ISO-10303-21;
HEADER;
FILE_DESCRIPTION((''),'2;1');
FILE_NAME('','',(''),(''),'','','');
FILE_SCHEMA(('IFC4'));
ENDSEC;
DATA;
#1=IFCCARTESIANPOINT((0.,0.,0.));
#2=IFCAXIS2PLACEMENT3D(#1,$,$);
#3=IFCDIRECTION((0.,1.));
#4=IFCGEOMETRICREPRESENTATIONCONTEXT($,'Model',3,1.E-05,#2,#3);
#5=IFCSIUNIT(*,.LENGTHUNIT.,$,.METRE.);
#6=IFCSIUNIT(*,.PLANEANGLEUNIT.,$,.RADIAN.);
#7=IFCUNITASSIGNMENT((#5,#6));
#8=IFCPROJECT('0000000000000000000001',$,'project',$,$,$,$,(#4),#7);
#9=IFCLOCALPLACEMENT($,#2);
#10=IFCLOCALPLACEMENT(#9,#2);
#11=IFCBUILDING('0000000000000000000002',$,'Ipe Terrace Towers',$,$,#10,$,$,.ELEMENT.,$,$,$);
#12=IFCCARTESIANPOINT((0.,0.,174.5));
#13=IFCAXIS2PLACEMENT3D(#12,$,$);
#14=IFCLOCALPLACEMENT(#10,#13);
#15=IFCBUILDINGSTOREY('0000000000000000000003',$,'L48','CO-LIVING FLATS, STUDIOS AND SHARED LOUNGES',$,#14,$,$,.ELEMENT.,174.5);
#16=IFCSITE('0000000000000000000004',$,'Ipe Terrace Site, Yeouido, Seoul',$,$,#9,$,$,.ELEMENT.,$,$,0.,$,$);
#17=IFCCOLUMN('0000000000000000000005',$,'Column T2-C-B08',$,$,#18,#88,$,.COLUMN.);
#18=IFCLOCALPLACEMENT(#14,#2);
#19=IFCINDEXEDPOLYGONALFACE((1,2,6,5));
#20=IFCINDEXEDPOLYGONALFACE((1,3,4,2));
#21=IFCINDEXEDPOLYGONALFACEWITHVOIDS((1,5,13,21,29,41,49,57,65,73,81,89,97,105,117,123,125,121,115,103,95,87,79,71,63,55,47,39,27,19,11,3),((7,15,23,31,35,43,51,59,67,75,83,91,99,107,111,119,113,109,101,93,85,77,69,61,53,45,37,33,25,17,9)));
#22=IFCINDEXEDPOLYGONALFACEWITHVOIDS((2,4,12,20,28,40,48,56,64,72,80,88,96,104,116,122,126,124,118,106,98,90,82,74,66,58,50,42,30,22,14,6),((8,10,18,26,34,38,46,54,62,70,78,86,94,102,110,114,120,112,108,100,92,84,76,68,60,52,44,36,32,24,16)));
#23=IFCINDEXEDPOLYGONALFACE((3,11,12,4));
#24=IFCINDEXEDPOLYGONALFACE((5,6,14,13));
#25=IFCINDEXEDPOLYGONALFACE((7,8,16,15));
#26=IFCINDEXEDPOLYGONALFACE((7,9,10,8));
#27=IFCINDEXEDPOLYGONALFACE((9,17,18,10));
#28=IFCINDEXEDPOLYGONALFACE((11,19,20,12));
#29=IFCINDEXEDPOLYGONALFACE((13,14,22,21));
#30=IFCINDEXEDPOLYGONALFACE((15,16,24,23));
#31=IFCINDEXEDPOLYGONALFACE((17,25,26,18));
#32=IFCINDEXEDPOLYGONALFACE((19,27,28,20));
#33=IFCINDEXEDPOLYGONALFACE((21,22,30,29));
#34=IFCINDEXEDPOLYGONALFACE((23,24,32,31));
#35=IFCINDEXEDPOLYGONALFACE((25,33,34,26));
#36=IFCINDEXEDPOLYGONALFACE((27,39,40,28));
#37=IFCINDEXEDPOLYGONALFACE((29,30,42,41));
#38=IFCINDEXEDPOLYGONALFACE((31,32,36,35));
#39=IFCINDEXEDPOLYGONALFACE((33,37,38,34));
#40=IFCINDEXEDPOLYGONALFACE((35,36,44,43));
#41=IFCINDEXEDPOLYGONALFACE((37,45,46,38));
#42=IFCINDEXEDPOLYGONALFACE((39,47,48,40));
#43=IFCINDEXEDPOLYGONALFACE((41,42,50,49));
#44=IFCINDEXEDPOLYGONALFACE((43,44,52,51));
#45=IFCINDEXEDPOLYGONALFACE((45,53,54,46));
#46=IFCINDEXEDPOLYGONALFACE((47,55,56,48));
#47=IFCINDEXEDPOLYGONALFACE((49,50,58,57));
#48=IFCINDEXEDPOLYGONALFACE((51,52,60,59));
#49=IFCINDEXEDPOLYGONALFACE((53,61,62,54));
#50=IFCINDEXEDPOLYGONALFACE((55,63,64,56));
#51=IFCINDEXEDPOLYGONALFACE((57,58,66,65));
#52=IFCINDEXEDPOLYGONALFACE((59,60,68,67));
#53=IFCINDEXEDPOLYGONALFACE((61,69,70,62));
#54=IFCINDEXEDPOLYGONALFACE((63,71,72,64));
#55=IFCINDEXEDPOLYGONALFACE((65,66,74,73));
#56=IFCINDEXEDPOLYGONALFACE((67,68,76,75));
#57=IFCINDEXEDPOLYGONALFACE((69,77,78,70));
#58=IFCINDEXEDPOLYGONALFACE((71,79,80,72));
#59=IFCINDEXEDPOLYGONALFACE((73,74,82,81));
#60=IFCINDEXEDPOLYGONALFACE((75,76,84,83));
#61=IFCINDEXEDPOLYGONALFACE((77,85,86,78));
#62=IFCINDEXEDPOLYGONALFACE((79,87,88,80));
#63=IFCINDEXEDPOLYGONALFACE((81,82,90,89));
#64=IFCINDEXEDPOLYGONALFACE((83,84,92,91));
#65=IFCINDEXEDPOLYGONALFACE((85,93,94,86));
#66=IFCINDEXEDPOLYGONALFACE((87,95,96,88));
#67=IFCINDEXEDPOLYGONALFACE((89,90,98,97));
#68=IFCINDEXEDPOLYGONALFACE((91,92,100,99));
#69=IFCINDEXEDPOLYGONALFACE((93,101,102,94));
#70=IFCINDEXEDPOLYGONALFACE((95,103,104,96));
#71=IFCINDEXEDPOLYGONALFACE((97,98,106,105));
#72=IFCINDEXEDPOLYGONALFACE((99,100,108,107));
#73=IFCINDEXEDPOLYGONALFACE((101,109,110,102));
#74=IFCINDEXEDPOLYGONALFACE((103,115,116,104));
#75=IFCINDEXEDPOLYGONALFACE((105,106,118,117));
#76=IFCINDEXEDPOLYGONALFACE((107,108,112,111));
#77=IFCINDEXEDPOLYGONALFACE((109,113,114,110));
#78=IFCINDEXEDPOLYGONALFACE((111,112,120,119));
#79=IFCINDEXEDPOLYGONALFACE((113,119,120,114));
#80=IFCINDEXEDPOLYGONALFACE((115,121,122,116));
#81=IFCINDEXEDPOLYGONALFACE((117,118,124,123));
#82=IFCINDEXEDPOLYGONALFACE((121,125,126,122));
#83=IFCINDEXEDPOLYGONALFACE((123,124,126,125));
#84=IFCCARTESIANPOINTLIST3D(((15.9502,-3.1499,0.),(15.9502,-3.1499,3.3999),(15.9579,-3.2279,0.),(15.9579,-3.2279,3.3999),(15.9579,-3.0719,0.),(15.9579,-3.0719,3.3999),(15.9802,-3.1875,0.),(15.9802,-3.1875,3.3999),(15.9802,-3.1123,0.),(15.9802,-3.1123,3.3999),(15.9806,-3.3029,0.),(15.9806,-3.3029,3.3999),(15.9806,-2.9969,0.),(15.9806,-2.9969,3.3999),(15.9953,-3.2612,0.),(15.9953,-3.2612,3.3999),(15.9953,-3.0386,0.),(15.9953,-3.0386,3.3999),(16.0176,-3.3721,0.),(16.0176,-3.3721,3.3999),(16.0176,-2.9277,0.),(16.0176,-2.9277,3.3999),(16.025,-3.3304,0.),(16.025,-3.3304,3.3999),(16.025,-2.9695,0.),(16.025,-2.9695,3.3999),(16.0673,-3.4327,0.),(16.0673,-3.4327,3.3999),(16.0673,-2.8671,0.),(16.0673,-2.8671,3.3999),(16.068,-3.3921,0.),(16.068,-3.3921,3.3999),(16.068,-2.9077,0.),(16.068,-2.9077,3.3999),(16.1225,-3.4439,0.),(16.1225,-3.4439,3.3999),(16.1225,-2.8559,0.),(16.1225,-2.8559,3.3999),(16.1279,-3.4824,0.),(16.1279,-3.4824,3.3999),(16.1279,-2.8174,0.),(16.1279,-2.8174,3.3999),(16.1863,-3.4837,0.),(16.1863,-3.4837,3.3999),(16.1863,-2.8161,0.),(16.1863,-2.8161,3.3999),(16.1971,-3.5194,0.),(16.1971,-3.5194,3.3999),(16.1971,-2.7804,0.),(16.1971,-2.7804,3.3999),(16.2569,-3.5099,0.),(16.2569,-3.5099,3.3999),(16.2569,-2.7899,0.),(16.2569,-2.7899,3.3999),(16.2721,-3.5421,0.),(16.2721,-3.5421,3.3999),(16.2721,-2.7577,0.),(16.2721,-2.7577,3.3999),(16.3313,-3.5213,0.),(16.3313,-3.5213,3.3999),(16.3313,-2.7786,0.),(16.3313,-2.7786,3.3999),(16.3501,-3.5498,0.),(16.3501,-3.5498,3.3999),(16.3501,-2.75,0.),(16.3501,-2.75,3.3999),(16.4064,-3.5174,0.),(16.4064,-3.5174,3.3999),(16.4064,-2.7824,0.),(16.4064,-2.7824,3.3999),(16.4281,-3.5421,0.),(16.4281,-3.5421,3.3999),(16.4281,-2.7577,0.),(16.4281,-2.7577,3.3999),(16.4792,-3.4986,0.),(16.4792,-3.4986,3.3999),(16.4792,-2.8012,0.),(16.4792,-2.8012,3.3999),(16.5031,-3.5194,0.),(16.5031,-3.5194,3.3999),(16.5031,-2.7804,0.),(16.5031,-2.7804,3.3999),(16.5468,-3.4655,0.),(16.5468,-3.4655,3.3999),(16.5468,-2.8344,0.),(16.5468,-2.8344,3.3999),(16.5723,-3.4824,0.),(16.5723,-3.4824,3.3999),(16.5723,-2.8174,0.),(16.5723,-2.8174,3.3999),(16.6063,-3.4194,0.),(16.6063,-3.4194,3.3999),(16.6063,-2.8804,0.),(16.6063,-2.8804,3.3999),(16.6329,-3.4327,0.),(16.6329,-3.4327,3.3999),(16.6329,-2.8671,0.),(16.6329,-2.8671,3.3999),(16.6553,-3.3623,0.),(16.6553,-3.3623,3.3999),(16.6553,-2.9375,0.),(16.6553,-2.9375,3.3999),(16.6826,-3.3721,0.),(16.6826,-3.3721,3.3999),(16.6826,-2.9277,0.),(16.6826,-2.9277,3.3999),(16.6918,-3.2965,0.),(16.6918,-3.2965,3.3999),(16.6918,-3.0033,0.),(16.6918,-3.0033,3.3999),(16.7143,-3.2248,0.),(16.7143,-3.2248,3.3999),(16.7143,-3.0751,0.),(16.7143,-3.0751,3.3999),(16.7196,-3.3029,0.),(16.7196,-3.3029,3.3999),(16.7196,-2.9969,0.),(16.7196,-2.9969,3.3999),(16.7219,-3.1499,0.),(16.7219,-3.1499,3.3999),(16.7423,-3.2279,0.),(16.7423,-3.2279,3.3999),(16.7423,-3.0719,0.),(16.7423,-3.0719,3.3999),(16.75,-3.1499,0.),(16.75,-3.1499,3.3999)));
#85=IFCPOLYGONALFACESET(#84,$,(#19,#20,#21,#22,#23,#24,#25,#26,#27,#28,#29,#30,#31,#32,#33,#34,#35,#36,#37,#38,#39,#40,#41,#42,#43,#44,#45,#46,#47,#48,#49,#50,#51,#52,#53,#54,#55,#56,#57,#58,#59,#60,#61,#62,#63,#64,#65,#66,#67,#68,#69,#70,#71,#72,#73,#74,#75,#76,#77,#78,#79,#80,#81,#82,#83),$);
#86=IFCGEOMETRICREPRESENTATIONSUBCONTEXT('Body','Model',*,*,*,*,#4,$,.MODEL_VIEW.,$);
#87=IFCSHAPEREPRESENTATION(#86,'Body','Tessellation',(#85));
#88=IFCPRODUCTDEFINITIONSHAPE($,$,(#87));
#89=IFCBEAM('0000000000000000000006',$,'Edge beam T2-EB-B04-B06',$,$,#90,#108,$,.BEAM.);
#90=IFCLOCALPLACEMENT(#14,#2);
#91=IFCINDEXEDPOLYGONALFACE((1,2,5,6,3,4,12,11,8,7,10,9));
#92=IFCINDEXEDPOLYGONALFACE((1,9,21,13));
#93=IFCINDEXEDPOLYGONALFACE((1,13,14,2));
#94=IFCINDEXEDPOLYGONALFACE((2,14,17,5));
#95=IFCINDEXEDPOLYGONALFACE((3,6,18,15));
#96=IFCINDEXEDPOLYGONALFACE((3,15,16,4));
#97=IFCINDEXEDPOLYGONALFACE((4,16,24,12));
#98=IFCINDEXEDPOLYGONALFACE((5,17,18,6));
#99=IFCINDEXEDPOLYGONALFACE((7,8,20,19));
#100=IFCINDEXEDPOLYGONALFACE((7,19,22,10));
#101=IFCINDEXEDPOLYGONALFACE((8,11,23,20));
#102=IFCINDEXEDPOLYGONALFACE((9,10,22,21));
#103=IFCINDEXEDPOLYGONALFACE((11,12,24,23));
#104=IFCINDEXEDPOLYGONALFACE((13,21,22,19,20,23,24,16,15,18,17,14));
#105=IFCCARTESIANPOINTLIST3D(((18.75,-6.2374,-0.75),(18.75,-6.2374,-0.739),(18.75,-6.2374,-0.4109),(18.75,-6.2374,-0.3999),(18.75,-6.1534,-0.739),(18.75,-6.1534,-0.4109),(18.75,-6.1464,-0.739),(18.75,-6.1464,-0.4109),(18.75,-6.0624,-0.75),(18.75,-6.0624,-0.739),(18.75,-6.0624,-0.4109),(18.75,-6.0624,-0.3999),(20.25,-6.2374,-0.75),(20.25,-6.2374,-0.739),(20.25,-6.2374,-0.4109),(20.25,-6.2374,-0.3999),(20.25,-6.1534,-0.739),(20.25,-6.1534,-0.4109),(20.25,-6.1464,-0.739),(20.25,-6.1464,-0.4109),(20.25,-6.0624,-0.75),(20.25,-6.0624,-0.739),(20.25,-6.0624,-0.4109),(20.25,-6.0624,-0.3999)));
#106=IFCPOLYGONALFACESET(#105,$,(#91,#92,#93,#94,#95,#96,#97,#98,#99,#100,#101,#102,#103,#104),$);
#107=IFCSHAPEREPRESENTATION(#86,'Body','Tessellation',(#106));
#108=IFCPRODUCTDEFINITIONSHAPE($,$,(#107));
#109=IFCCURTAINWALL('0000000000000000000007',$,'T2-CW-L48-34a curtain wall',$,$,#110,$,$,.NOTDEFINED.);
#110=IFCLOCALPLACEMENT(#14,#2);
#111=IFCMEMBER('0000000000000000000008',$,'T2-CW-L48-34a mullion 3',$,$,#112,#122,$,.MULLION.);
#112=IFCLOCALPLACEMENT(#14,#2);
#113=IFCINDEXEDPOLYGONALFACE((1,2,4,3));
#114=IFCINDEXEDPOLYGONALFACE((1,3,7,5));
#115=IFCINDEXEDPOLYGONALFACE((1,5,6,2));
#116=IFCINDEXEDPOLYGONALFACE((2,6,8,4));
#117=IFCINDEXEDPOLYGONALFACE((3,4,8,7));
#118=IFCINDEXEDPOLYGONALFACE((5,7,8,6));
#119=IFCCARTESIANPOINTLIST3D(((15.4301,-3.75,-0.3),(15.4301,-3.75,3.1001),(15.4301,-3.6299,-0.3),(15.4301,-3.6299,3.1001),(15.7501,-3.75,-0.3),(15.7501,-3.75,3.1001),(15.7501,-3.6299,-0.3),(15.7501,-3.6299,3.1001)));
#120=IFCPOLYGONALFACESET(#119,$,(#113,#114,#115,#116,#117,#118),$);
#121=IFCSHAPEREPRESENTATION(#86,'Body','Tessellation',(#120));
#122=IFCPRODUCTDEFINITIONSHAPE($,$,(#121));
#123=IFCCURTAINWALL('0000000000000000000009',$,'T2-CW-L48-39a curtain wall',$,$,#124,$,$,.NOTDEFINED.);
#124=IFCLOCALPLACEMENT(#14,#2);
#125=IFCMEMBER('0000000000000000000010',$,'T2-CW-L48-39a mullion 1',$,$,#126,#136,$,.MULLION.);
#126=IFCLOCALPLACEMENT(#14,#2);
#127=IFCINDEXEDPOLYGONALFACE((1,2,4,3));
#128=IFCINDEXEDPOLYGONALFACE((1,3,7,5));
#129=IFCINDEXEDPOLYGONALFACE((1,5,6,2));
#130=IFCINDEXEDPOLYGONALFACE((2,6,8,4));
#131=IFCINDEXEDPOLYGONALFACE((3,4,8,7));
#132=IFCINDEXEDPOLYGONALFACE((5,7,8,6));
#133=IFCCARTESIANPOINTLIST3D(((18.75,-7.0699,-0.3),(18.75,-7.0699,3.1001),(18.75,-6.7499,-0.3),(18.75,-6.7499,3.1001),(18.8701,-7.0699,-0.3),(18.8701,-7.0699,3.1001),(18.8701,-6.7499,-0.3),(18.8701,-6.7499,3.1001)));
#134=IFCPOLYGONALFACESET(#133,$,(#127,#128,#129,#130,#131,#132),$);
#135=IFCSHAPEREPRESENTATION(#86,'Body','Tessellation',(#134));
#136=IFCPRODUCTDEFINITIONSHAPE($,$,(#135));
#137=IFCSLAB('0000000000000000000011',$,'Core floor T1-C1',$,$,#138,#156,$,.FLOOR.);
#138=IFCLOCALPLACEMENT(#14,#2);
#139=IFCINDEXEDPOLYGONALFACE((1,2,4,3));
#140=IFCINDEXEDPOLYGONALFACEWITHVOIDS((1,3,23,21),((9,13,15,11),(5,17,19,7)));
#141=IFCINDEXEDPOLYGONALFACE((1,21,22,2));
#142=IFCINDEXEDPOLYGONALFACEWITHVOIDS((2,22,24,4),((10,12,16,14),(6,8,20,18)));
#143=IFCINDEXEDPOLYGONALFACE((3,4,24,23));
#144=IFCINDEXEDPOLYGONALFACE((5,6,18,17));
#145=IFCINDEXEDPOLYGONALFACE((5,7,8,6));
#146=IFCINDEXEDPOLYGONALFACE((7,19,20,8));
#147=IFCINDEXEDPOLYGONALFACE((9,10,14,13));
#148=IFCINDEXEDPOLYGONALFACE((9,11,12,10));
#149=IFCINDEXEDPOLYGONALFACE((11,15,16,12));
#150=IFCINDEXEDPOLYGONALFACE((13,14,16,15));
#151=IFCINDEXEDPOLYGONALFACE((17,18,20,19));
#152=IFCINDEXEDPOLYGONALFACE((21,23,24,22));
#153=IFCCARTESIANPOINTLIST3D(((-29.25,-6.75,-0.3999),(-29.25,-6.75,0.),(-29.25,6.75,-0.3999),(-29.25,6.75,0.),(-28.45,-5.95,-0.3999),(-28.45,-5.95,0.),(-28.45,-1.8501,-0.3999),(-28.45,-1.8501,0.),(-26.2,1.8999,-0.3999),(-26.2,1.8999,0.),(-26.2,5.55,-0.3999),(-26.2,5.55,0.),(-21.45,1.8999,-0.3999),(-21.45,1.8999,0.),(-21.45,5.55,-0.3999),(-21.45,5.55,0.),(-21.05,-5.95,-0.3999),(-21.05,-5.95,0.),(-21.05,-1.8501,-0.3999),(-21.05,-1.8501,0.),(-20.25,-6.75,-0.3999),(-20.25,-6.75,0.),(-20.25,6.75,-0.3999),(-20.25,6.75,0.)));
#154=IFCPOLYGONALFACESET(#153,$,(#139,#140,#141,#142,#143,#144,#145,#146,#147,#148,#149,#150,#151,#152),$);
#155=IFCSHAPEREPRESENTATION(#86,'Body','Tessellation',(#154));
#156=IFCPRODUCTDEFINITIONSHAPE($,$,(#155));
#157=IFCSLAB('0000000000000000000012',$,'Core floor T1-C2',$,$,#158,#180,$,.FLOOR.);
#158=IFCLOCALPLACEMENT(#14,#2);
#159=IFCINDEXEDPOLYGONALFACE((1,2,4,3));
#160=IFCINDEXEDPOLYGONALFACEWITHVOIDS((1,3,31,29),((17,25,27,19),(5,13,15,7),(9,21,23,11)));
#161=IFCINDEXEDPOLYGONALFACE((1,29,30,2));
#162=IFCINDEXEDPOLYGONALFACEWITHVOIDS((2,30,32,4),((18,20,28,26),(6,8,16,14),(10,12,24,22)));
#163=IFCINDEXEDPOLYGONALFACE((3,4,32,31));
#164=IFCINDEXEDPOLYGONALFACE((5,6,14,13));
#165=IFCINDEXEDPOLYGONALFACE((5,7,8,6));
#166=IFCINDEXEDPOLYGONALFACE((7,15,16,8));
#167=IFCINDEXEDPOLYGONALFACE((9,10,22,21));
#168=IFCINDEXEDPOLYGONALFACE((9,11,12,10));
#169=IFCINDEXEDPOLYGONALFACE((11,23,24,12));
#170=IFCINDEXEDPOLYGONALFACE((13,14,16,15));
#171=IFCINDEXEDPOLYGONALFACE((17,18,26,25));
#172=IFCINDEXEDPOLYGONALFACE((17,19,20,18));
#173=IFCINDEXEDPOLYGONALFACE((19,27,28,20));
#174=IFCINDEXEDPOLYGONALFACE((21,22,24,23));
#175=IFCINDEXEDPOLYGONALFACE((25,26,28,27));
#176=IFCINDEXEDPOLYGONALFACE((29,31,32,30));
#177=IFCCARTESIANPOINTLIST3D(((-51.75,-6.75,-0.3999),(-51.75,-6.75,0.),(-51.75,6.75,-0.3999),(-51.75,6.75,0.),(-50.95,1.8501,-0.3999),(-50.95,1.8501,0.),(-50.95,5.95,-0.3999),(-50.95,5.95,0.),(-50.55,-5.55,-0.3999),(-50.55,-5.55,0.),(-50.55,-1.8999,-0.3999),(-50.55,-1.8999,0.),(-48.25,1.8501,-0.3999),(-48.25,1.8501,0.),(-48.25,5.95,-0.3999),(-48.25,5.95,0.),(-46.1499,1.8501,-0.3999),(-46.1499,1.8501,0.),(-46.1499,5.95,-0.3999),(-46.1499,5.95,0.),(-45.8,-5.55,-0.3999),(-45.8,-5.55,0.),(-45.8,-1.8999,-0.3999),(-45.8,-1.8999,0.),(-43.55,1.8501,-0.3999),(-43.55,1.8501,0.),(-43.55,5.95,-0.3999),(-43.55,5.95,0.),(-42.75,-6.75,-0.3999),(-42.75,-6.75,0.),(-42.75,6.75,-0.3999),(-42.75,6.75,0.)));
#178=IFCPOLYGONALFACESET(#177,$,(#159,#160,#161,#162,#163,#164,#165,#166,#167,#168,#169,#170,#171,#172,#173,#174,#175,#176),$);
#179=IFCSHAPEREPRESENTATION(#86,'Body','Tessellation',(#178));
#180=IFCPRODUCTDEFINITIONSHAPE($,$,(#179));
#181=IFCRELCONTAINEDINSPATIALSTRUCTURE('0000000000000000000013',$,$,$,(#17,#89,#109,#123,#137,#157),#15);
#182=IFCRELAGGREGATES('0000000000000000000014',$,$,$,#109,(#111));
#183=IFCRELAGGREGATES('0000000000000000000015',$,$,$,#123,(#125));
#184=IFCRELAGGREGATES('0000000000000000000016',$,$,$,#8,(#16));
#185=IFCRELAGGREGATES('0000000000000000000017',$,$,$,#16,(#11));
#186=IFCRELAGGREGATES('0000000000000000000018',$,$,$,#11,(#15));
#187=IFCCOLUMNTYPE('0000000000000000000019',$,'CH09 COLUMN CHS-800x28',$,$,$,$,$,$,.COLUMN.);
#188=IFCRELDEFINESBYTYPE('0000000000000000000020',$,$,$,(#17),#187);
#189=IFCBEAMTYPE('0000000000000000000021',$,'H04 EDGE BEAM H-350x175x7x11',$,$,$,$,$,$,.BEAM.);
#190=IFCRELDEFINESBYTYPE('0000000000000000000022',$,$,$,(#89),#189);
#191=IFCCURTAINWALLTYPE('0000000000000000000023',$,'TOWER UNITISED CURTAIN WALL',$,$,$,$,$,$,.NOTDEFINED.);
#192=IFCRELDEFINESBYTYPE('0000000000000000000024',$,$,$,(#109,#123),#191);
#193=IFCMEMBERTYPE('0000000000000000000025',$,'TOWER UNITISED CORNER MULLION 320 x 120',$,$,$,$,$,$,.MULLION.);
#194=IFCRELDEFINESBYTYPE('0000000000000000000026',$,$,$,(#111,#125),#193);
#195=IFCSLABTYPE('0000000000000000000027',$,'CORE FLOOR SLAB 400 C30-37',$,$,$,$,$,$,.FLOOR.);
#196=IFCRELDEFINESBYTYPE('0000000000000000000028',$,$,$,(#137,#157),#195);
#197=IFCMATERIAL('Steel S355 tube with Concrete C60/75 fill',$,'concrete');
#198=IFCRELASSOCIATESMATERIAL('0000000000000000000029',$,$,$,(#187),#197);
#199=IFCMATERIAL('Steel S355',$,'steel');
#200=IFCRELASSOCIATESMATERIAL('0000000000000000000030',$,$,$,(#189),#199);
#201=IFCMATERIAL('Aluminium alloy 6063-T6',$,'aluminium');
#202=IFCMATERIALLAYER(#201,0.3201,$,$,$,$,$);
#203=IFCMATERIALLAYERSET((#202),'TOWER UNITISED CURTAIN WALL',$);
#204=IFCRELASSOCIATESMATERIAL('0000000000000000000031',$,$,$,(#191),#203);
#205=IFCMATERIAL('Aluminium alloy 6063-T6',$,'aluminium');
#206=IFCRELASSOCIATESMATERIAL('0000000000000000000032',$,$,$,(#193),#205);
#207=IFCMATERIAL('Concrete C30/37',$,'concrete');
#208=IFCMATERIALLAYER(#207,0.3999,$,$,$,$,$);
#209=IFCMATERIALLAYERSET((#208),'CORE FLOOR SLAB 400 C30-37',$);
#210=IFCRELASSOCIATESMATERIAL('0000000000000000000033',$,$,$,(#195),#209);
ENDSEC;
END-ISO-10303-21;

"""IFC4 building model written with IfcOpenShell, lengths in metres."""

from ifc_helpers import new_model, si_unit, direction, frame, origin, origin_2d, place, context, subcontext, project, spatial, polyline, rectangle, hollow_circle, i_section, outline, extrude, material, layer, layer_set, material_profile, profile_set, type_object, element, aggregate, save


model = new_model("IFC4")

# Units and contexts
model_context = context("Model", 3, precision=1e-05, world=origin(), true_north=direction((0.0, 1.0)))
body_context = subcontext(model_context, "Body", "Model", "MODEL_VIEW")
ifc_project = project(units=[si_unit("LENGTHUNIT", "METRE"), si_unit("PLANEANGLEUNIT", "RADIAN")], contexts=[model_context])

# Site, building, storey
site_placement = place(None, origin())
site = spatial("IfcSite", under=ifc_project, at=site_placement, Name="Ipe Terrace Site, Yeouido, Seoul", CompositionType="ELEMENT", RefElevation=0.0)
building_placement = place(site_placement, origin())
building = spatial("IfcBuilding", under=site, at=building_placement, Name="Ipe Terrace Towers", CompositionType="ELEMENT")
storey_placement = place(building_placement, frame((0.0, 0.0, 174.5)))
storey = spatial("IfcBuildingStorey", under=building, at=storey_placement, Name="L48", Description="CO-LIVING FLATS, STUDIOS AND SHARED LOUNGES", CompositionType="ELEMENT", Elevation=174.5)

# Column
ifc_material_1 = material(Name="Steel S355 tube with Concrete C60/75 fill", Category="concrete")
ifc_material_profile_1 = material_profile(ifc_material_1, hollow_circle(Radius=0.3999, WallThickness=0.0281, at=origin_2d()), Name="CHS-800x28")
ifc_profile_set_1 = profile_set([ifc_material_profile_1], Name="Steel S355 tube with Concrete C60/75 fill")
column_type = type_object("IfcColumnType", Name="CH09 COLUMN CHS-800x28", PredefinedType="COLUMN", material=ifc_profile_set_1)
for number, where, z_axis, x_axis, name in (
    (1, (16.3501, -3.1499, 0.0), (0.0, 0.0, 1.0), (1.0, 0.0, 0.0), "Column T2-C-B08"),
):
    element("IfcColumn", number, at=place(storey_placement, frame(where, z_axis=z_axis, x_axis=x_axis)), inside=storey, type_object=column_type, Name=name, PredefinedType="COLUMN", context=body_context, shape_type="SweptSolid", body=[
        extrude(hollow_circle(Radius=0.3999, WallThickness=0.0281, at=origin_2d()), origin(), (0.0, 0.0, 1.0), 3.3999),
    ])

# Beam
ifc_material_2 = material(Name="Steel S355", Category="steel")
ifc_material_profile_2 = material_profile(ifc_material_2, i_section(OverallWidth=0.175, OverallDepth=0.3501, WebThickness=0.0071, FlangeThickness=0.011, at=origin_2d()), Name="H-350x175x7x11")
ifc_profile_set_2 = profile_set([ifc_material_profile_2], Name="Steel S355")
beam_type = type_object("IfcBeamType", Name="H04 EDGE BEAM H-350x175x7x11", PredefinedType="BEAM", material=ifc_profile_set_2)
beam_placement = place(storey_placement, frame((20.25, -6.1499, -0.575), z_axis=(-1.0, 0.0, 0.0), x_axis=(0.0, -1.0, 0.0)))
element("IfcBeam", 2, at=beam_placement, inside=storey, type_object=beam_type, Name="Edge beam T2-EB-B04-B06", PredefinedType="BEAM", context=body_context, shape_type="SweptSolid", body=[
    extrude(i_section(OverallWidth=0.175, OverallDepth=0.3501, WebThickness=0.0071, FlangeThickness=0.011, at=origin_2d()), origin(), (0.0, 0.0, 1.0), 1.5),
])

# Curtain walls, members
ifc_material_3 = material(Name="Aluminium alloy 6063-T6", Category="aluminium")
ifc_layer_1 = layer(ifc_material_3, 0.3201)
ifc_layer_set_1 = layer_set([ifc_layer_1], Name="TOWER UNITISED CURTAIN WALL")
curtain_wall_type = type_object("IfcCurtainWallType", Name="TOWER UNITISED CURTAIN WALL", PredefinedType="NOTDEFINED", material=ifc_layer_set_1)
curtain_wall_1_placement = place(storey_placement, origin())
curtain_wall_1 = element("IfcCurtainWall", 3, at=curtain_wall_1_placement, inside=storey, type_object=curtain_wall_type, Name="T2-CW-L48-34a curtain wall", PredefinedType="NOTDEFINED")
ifc_material_4 = material(Name="Aluminium alloy 6063-T6", Category="aluminium")
ifc_material_profile_3 = material_profile(ifc_material_4, rectangle(XDim=0.3201, YDim=0.1201, at=origin_2d()), Name="TOWER UNITISED CORNER MULLION 320 x 120")
ifc_profile_set_3 = profile_set([ifc_material_profile_3], Name="Aluminium alloy 6063-T6")
member_type = type_object("IfcMemberType", Name="TOWER UNITISED CORNER MULLION 320 x 120", PredefinedType="MULLION", material=ifc_profile_set_3)
member_1_placement = place(storey_placement, frame((15.5901, -3.6899, -0.3), z_axis=(0.0, 0.0, 1.0), x_axis=(-1.0, 0.0, 0.0)))
member_1 = element("IfcMember", 4, at=member_1_placement, type_object=member_type, Name="T2-CW-L48-34a mullion 3", PredefinedType="MULLION", context=body_context, shape_type="SweptSolid", body=[
    extrude(rectangle(XDim=0.3201, YDim=0.1201, at=origin_2d()), origin(), (0.0, 0.0, 1.0), 3.4001),
])
curtain_wall_2_placement = place(storey_placement, origin())
curtain_wall_2 = element("IfcCurtainWall", 5, at=curtain_wall_2_placement, inside=storey, type_object=curtain_wall_type, Name="T2-CW-L48-39a curtain wall", PredefinedType="NOTDEFINED")
member_2_placement = place(storey_placement, frame((18.8101, -6.9099, -0.3), z_axis=(0.0, 0.0, 1.0), x_axis=(0.0, -1.0, 0.0)))
member_2 = element("IfcMember", 6, at=member_2_placement, type_object=member_type, Name="T2-CW-L48-39a mullion 1", PredefinedType="MULLION", context=body_context, shape_type="SweptSolid", body=[
    extrude(rectangle(XDim=0.3201, YDim=0.1201, at=origin_2d()), origin(), (0.0, 0.0, 1.0), 3.4001),
])

# Slabs
ifc_material_5 = material(Name="Concrete C30/37", Category="concrete")
ifc_layer_2 = layer(ifc_material_5, 0.3999)
ifc_layer_set_2 = layer_set([ifc_layer_2], Name="CORE FLOOR SLAB 400 C30-37")
slab_type_1 = type_object("IfcSlabType", Name="CORE FLOOR SLAB 400 C30-37", PredefinedType="FLOOR", material=ifc_layer_set_2)
slab_1_placement = place(storey_placement, frame((0.0, 0.0, -0.3999)))
element("IfcSlab", 7, at=slab_1_placement, inside=storey, type_object=slab_type_1, Name="Core floor T1-C1", PredefinedType="FLOOR", context=body_context, shape_type="SweptSolid", body=[
    extrude(outline(polyline([(-29.25, -6.75), (-29.25, 6.75), (-20.25, 6.75), (-20.25, -6.75), (-29.25, -6.75)]), holes=[polyline([(-28.45, -5.95), (-21.05, -5.95), (-21.05, -1.8501), (-28.45, -1.8501), (-28.45, -5.95)]), polyline([(-26.2, 5.55), (-26.2, 1.8999), (-21.45, 1.8999), (-21.45, 5.55), (-26.2, 5.55)])]), origin(), (0.0, 0.0, 1.0), 0.3999),
])
slab_2_placement = place(storey_placement, frame((0.0, 0.0, -0.3999)))
element("IfcSlab", 8, at=slab_2_placement, inside=storey, type_object=slab_type_1, Name="Core floor T1-C2", PredefinedType="FLOOR", context=body_context, shape_type="SweptSolid", body=[
    extrude(outline(polyline([(-51.75, -6.75), (-51.75, 6.75), (-42.75, 6.75), (-42.75, -6.75), (-51.75, -6.75)]), holes=[polyline([(-45.8, -1.8999), (-50.55, -1.8999), (-50.55, -5.55), (-45.8, -5.55), (-45.8, -1.8999)]), polyline([(-48.25, 1.8501), (-48.25, 5.95), (-50.95, 5.95), (-50.95, 1.8501), (-48.25, 1.8501)]), polyline([(-43.55, 1.8501), (-43.55, 5.95), (-46.1499, 5.95), (-46.1499, 1.8501), (-43.55, 1.8501)])]), origin(), (0.0, 0.0, 1.0), 0.3999),
])

aggregate(curtain_wall_1, [member_1])
aggregate(curtain_wall_2, [member_2])

save(model, "model.ifc")
